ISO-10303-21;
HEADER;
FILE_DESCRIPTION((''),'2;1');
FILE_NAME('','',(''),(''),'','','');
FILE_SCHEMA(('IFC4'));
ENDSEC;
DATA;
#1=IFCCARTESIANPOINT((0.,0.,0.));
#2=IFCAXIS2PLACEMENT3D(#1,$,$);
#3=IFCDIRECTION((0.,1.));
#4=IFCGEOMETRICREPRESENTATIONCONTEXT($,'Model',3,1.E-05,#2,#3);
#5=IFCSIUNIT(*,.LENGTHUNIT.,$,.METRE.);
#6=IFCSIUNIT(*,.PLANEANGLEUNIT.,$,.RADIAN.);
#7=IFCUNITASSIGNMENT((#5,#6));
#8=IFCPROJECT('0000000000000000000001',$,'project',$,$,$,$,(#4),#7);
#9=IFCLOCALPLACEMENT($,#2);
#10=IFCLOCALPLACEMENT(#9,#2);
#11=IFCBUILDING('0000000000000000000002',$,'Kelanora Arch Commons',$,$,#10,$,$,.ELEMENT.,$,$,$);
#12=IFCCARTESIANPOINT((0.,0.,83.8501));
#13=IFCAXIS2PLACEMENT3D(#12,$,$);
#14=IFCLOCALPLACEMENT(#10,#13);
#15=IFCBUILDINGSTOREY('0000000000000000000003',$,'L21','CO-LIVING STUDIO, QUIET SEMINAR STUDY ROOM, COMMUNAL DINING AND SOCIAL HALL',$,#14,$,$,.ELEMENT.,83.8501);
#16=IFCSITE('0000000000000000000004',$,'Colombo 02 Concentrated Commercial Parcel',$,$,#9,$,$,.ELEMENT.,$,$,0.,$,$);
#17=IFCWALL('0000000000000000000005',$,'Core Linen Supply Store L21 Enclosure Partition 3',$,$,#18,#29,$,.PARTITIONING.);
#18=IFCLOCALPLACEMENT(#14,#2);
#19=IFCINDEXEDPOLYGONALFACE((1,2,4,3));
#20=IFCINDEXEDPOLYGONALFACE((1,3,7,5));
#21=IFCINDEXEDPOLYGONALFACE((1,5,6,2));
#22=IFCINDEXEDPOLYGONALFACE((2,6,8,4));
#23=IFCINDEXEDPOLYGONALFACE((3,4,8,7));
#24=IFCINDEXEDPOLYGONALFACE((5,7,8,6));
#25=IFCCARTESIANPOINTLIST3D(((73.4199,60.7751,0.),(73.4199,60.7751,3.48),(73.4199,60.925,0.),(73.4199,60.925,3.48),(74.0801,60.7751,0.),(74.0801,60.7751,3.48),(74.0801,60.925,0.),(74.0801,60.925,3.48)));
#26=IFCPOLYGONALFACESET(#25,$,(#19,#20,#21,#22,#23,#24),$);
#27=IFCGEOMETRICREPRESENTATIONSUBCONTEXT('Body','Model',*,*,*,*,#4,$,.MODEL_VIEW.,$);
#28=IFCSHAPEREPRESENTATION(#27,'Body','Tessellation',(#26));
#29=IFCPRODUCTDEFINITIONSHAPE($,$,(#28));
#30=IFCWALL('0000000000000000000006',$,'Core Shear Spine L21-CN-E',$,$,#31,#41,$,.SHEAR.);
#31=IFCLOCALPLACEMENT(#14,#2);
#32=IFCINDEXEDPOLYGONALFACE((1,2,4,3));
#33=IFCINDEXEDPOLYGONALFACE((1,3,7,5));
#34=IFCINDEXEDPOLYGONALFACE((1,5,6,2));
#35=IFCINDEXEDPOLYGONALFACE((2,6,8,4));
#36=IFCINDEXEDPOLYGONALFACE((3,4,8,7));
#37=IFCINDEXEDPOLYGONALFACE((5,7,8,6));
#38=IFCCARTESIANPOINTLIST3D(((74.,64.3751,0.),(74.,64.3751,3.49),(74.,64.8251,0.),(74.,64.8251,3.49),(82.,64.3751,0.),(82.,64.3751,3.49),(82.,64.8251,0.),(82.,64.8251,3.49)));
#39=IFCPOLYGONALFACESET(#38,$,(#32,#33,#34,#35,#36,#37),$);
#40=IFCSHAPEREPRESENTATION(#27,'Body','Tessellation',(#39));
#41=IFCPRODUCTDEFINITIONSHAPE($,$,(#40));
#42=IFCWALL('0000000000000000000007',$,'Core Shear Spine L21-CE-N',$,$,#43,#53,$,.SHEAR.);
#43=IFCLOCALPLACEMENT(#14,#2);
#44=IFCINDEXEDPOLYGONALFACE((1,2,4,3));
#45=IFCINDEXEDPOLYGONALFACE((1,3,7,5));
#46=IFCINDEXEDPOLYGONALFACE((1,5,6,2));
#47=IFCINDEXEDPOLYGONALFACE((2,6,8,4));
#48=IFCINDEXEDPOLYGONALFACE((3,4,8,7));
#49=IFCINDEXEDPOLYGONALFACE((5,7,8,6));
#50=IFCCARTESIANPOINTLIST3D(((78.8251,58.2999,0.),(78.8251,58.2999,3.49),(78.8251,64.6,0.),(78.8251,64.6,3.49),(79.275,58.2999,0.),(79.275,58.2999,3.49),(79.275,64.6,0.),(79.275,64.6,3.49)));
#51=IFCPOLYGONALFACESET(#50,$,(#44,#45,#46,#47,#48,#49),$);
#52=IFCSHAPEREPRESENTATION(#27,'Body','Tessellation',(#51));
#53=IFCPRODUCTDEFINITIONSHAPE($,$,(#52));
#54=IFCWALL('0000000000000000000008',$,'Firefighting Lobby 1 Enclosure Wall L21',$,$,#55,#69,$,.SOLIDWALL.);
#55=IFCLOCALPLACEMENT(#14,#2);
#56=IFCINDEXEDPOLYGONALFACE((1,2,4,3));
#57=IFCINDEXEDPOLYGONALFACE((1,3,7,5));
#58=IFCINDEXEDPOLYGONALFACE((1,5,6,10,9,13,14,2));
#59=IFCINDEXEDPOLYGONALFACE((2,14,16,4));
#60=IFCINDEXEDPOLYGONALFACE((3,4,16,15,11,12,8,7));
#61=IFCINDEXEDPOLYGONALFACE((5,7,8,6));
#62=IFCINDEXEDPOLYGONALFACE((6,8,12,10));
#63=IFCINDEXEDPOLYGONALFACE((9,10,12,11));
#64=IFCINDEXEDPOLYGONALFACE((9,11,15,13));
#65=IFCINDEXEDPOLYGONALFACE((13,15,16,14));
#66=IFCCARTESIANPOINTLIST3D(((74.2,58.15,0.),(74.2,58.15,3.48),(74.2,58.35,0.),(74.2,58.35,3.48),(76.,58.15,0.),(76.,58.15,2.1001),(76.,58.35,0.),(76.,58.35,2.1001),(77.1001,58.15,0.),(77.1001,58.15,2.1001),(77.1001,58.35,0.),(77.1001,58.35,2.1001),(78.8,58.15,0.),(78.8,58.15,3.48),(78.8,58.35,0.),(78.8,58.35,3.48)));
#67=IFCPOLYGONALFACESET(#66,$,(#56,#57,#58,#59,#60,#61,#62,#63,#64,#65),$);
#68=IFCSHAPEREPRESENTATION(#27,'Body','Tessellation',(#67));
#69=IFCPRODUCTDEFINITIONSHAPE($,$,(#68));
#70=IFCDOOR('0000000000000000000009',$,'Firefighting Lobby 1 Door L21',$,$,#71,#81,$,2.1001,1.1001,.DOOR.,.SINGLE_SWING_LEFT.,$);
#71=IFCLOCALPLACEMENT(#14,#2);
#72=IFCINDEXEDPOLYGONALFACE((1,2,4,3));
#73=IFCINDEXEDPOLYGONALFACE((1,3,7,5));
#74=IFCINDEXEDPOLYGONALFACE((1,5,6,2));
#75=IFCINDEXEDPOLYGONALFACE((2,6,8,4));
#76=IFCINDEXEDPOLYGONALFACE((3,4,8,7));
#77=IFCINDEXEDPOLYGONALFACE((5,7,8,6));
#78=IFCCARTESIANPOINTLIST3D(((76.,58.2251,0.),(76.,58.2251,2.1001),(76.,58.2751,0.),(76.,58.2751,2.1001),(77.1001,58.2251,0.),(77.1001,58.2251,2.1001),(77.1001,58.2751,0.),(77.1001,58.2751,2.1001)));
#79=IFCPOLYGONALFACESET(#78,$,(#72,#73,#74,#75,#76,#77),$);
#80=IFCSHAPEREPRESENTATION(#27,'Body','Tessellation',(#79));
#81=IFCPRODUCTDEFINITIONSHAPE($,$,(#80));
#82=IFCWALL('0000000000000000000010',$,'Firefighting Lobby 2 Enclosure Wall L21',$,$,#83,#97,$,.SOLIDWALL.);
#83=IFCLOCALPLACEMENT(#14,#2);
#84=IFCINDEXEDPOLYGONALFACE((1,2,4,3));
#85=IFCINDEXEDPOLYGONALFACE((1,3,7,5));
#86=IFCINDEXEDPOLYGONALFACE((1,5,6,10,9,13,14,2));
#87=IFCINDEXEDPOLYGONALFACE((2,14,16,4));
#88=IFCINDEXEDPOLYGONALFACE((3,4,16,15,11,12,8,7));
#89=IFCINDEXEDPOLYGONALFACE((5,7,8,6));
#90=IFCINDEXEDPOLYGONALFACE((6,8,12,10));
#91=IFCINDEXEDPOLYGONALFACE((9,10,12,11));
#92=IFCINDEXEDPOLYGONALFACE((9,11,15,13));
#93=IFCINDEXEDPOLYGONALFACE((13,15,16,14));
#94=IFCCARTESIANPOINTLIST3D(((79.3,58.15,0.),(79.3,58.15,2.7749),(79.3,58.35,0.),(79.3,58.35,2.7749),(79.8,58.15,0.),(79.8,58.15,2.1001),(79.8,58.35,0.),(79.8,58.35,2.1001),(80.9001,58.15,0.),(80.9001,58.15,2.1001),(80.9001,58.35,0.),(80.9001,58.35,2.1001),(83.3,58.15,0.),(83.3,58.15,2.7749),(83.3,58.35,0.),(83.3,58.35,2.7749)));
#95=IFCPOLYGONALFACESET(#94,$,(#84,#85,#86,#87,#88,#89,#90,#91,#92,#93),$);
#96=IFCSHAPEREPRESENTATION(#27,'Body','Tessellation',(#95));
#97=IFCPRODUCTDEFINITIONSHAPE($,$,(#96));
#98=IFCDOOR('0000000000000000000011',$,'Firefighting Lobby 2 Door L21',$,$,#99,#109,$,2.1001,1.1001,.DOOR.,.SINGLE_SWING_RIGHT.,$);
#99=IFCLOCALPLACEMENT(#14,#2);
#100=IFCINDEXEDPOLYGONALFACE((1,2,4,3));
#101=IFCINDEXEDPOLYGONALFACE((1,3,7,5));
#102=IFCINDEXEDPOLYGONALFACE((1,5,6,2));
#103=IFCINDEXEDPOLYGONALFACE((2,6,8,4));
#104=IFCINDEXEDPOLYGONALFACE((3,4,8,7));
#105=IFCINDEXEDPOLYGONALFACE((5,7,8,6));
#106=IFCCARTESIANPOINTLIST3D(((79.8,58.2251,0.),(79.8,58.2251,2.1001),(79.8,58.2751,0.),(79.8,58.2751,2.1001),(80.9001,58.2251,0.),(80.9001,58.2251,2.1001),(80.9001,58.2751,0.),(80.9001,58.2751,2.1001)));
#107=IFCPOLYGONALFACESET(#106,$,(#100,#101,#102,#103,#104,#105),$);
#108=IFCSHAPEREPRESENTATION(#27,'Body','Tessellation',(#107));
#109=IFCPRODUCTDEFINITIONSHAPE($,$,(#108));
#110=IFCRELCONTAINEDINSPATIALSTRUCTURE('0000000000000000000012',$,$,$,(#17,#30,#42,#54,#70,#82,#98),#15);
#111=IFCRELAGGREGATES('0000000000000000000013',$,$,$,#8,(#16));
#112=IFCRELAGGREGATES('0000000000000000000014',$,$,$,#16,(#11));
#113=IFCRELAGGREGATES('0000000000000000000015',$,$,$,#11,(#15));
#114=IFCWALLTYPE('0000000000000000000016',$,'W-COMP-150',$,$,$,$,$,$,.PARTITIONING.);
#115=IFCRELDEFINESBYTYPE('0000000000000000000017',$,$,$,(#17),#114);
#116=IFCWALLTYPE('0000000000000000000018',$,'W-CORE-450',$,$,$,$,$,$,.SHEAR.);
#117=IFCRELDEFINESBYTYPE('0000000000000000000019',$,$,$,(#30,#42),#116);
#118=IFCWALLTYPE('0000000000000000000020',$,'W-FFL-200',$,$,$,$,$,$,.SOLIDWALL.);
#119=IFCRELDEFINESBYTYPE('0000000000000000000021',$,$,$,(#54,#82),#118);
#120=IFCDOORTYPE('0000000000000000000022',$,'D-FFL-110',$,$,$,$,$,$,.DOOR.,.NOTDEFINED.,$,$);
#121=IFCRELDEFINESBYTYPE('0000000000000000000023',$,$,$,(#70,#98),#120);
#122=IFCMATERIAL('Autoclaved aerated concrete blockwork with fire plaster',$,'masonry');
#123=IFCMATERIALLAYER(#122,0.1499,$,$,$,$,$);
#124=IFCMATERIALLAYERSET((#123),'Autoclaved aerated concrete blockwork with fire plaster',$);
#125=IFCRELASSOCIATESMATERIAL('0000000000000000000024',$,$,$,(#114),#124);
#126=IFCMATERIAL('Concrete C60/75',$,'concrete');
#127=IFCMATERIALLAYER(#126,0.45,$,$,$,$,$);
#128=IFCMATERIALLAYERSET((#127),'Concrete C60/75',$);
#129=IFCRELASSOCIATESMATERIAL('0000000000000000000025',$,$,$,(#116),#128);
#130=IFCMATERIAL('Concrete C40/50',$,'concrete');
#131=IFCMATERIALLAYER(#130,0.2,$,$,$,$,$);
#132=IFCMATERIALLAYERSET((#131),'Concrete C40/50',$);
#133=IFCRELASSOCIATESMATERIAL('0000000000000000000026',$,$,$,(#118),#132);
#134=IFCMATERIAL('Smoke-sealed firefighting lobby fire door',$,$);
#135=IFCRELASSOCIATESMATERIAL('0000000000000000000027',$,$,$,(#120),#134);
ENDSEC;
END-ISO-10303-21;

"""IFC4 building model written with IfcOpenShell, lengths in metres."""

from ifc_helpers import new_model, si_unit, direction, frame, frame_2d, origin, place, context, subcontext, project, spatial, rectangle, extrude, material, layer, layer_set, type_object, element, fill, save


model = new_model("IFC4")

# Units and contexts
model_context = context("Model", 3, precision=1e-05, world=origin(), true_north=direction((0.0, 1.0)))
body_context = subcontext(model_context, "Body", "Model", "MODEL_VIEW")
ifc_project = project(units=[si_unit("LENGTHUNIT", "METRE"), si_unit("PLANEANGLEUNIT", "RADIAN")], contexts=[model_context])

# Site, building, storey
site_placement = place(None, origin())
site = spatial("IfcSite", under=ifc_project, at=site_placement, Name="Colombo 02 Concentrated Commercial Parcel", CompositionType="ELEMENT", RefElevation=0.0)
building_placement = place(site_placement, origin())
building = spatial("IfcBuilding", under=site, at=building_placement, Name="Kelanora Arch Commons", CompositionType="ELEMENT")
storey_placement = place(building_placement, frame((0.0, 0.0, 83.8501)))
storey = spatial("IfcBuildingStorey", under=building, at=storey_placement, Name="L21", Description="CO-LIVING STUDIO, QUIET SEMINAR STUDY ROOM, COMMUNAL DINING AND SOCIAL HALL", CompositionType="ELEMENT", Elevation=83.8501)

# Shared definitions
ifc_material_1 = material(Name="Concrete C60/75", Category="concrete")

# Shared definitions
ifc_material_2 = material(Name="Autoclaved aerated concrete blockwork with fire plaster", Category="masonry")
ifc_layer_1 = layer(ifc_material_2, 0.1499)
ifc_layer_set_1 = layer_set([ifc_layer_1], Name="Autoclaved aerated concrete blockwork with fire plaster")
wall_type_1 = type_object("IfcWallType", Name="W-COMP-150", PredefinedType="PARTITIONING", material=ifc_layer_set_1)

# Walls
wall_1_placement = place(storey_placement, frame((74.0801, 60.8501, 0.0), z_axis=(0.0, 0.0, 1.0), x_axis=(-1.0, 0.0, 0.0)))
element("IfcWall", 1, at=wall_1_placement, inside=storey, type_object=wall_type_1, Name="Core Linen Supply Store L21 Enclosure Partition 3", PredefinedType="PARTITIONING", context=body_context, shape_type="SweptSolid", body=[
    extrude(rectangle(XDim=0.6602, YDim=0.1499, at=frame_2d((0.3301, 0.0))), origin(), (0.0, 0.0, 1.0), 3.48),
])
ifc_layer_2 = layer(ifc_material_1, 0.45)
ifc_layer_set_2 = layer_set([ifc_layer_2], Name="Concrete C60/75")
wall_type_2 = type_object("IfcWallType", Name="W-CORE-450", PredefinedType="SHEAR", material=ifc_layer_set_2)
wall_2_placement = place(storey_placement, frame((74.0, 64.6001, 0.0), z_axis=(0.0, 0.0, 1.0), x_axis=(1.0, 0.0, 0.0)))
element("IfcWall", 2, at=wall_2_placement, inside=storey, type_object=wall_type_2, Name="Core Shear Spine L21-CN-E", PredefinedType="SHEAR", context=body_context, shape_type="SweptSolid", body=[
    extrude(rectangle(XDim=8.0, YDim=0.45, at=frame_2d((4.0, 0.0))), origin(), (0.0, 0.0, 1.0), 3.49),
])
wall_3_placement = place(storey_placement, frame((79.05, 58.3, 0.0), z_axis=(0.0, 0.0, 1.0), x_axis=(0.0, 1.0, 0.0)))
element("IfcWall", 3, at=wall_3_placement, inside=storey, type_object=wall_type_2, Name="Core Shear Spine L21-CE-N", PredefinedType="SHEAR", context=body_context, shape_type="SweptSolid", body=[
    extrude(rectangle(XDim=6.3, YDim=0.45, at=frame_2d((3.1499, 0.0))), origin(), (0.0, 0.0, 1.0), 3.49),
])

# Walls, openings, doors
ifc_material_3 = material(Name="Concrete C40/50", Category="concrete")
ifc_layer_3 = layer(ifc_material_3, 0.2)
ifc_layer_set_3 = layer_set([ifc_layer_3], Name="Concrete C40/50")
wall_type_3 = type_object("IfcWallType", Name="W-FFL-200", PredefinedType="SOLIDWALL", material=ifc_layer_set_3)
wall_4_placement = place(storey_placement, frame((74.2, 58.25, 0.0), z_axis=(0.0, 0.0, 1.0), x_axis=(1.0, 0.0, 0.0)))
wall_4 = element("IfcWall", 4, at=wall_4_placement, inside=storey, type_object=wall_type_3, Name="Firefighting Lobby 1 Enclosure Wall L21", PredefinedType="SOLIDWALL", context=body_context, shape_type="SweptSolid", body=[
    extrude(rectangle(XDim=4.6001, YDim=0.2, at=frame_2d((2.3, 0.0))), origin(), (0.0, 0.0, 1.0), 3.48),
])
opening_1_placement = place(wall_4_placement, frame((1.8, 0.0, 0.0)))
opening_1 = element("IfcOpeningElement", 5, at=opening_1_placement, cuts=wall_4, PredefinedType="OPENING", context=body_context, shape_type="SweptSolid", body=[
    extrude(rectangle(XDim=1.1001, YDim=2.1001, at=frame_2d((0.55, 1.05))), frame((0.0, 0.1099, 0.0), z_axis=(0.0, -1.0, 0.0), x_axis=(1.0, 0.0, 0.0)), (0.0, 0.0, 1.0), 0.22),
])
ifc_material_4 = material(Name="Smoke-sealed firefighting lobby fire door")
door_type_1 = type_object("IfcDoorType", Name="D-FFL-110", OperationType="NOTDEFINED", PredefinedType="DOOR", material=ifc_material_4)
door_1_placement = place(opening_1_placement, frame((1.1001, 0.0, 0.0), z_axis=(0.0, 0.0, 1.0), x_axis=(-1.0, 0.0, 0.0)))
door_1 = element("IfcDoor", 6, at=door_1_placement, inside=storey, type_object=door_type_1, Name="Firefighting Lobby 1 Door L21", OperationType="SINGLE_SWING_LEFT", OverallHeight=2.1001, OverallWidth=1.1001, PredefinedType="DOOR", context=body_context, shape_type="SweptSolid", body=[
    extrude(rectangle(XDim=1.1001, YDim=2.1001, at=frame_2d((0.55, 1.05))), frame((0.0, 0.0249, 0.0), z_axis=(0.0, -1.0, 0.0), x_axis=(1.0, 0.0, 0.0)), (0.0, 0.0, 1.0), 0.05),
])
fill(opening_1, door_1)
wall_5_placement = place(storey_placement, frame((79.3, 58.25, 0.0), z_axis=(0.0, 0.0, 1.0), x_axis=(1.0, 0.0, 0.0)))
wall_5 = element("IfcWall", 7, at=wall_5_placement, inside=storey, type_object=wall_type_3, Name="Firefighting Lobby 2 Enclosure Wall L21", PredefinedType="SOLIDWALL", context=body_context, shape_type="SweptSolid", body=[
    extrude(rectangle(XDim=4.0, YDim=0.2, at=frame_2d((2.0, 0.0))), origin(), (0.0, 0.0, 1.0), 2.7749),
])
opening_2_placement = place(wall_5_placement, frame((0.5, 0.0, 0.0)))
opening_2 = element("IfcOpeningElement", 8, at=opening_2_placement, cuts=wall_5, PredefinedType="OPENING", context=body_context, shape_type="SweptSolid", body=[
    extrude(rectangle(XDim=1.1001, YDim=2.1001, at=frame_2d((0.55, 1.05))), frame((0.0, 0.1099, 0.0), z_axis=(0.0, -1.0, 0.0), x_axis=(1.0, 0.0, 0.0)), (0.0, 0.0, 1.0), 0.22),
])
door_2_placement = place(opening_2_placement, frame((1.1001, 0.0, 0.0), z_axis=(0.0, 0.0, 1.0), x_axis=(-1.0, 0.0, 0.0)))
door_2 = element("IfcDoor", 9, at=door_2_placement, inside=storey, type_object=door_type_1, Name="Firefighting Lobby 2 Door L21", OperationType="SINGLE_SWING_RIGHT", OverallHeight=2.1001, OverallWidth=1.1001, PredefinedType="DOOR", context=body_context, shape_type="SweptSolid", body=[
    extrude(rectangle(XDim=1.1001, YDim=2.1001, at=frame_2d((0.55, 1.05))), frame((0.0, 0.0249, 0.0), z_axis=(0.0, -1.0, 0.0), x_axis=(1.0, 0.0, 0.0)), (0.0, 0.0, 1.0), 0.05),
])
fill(opening_2, door_2)

save(model, "model.ifc")
